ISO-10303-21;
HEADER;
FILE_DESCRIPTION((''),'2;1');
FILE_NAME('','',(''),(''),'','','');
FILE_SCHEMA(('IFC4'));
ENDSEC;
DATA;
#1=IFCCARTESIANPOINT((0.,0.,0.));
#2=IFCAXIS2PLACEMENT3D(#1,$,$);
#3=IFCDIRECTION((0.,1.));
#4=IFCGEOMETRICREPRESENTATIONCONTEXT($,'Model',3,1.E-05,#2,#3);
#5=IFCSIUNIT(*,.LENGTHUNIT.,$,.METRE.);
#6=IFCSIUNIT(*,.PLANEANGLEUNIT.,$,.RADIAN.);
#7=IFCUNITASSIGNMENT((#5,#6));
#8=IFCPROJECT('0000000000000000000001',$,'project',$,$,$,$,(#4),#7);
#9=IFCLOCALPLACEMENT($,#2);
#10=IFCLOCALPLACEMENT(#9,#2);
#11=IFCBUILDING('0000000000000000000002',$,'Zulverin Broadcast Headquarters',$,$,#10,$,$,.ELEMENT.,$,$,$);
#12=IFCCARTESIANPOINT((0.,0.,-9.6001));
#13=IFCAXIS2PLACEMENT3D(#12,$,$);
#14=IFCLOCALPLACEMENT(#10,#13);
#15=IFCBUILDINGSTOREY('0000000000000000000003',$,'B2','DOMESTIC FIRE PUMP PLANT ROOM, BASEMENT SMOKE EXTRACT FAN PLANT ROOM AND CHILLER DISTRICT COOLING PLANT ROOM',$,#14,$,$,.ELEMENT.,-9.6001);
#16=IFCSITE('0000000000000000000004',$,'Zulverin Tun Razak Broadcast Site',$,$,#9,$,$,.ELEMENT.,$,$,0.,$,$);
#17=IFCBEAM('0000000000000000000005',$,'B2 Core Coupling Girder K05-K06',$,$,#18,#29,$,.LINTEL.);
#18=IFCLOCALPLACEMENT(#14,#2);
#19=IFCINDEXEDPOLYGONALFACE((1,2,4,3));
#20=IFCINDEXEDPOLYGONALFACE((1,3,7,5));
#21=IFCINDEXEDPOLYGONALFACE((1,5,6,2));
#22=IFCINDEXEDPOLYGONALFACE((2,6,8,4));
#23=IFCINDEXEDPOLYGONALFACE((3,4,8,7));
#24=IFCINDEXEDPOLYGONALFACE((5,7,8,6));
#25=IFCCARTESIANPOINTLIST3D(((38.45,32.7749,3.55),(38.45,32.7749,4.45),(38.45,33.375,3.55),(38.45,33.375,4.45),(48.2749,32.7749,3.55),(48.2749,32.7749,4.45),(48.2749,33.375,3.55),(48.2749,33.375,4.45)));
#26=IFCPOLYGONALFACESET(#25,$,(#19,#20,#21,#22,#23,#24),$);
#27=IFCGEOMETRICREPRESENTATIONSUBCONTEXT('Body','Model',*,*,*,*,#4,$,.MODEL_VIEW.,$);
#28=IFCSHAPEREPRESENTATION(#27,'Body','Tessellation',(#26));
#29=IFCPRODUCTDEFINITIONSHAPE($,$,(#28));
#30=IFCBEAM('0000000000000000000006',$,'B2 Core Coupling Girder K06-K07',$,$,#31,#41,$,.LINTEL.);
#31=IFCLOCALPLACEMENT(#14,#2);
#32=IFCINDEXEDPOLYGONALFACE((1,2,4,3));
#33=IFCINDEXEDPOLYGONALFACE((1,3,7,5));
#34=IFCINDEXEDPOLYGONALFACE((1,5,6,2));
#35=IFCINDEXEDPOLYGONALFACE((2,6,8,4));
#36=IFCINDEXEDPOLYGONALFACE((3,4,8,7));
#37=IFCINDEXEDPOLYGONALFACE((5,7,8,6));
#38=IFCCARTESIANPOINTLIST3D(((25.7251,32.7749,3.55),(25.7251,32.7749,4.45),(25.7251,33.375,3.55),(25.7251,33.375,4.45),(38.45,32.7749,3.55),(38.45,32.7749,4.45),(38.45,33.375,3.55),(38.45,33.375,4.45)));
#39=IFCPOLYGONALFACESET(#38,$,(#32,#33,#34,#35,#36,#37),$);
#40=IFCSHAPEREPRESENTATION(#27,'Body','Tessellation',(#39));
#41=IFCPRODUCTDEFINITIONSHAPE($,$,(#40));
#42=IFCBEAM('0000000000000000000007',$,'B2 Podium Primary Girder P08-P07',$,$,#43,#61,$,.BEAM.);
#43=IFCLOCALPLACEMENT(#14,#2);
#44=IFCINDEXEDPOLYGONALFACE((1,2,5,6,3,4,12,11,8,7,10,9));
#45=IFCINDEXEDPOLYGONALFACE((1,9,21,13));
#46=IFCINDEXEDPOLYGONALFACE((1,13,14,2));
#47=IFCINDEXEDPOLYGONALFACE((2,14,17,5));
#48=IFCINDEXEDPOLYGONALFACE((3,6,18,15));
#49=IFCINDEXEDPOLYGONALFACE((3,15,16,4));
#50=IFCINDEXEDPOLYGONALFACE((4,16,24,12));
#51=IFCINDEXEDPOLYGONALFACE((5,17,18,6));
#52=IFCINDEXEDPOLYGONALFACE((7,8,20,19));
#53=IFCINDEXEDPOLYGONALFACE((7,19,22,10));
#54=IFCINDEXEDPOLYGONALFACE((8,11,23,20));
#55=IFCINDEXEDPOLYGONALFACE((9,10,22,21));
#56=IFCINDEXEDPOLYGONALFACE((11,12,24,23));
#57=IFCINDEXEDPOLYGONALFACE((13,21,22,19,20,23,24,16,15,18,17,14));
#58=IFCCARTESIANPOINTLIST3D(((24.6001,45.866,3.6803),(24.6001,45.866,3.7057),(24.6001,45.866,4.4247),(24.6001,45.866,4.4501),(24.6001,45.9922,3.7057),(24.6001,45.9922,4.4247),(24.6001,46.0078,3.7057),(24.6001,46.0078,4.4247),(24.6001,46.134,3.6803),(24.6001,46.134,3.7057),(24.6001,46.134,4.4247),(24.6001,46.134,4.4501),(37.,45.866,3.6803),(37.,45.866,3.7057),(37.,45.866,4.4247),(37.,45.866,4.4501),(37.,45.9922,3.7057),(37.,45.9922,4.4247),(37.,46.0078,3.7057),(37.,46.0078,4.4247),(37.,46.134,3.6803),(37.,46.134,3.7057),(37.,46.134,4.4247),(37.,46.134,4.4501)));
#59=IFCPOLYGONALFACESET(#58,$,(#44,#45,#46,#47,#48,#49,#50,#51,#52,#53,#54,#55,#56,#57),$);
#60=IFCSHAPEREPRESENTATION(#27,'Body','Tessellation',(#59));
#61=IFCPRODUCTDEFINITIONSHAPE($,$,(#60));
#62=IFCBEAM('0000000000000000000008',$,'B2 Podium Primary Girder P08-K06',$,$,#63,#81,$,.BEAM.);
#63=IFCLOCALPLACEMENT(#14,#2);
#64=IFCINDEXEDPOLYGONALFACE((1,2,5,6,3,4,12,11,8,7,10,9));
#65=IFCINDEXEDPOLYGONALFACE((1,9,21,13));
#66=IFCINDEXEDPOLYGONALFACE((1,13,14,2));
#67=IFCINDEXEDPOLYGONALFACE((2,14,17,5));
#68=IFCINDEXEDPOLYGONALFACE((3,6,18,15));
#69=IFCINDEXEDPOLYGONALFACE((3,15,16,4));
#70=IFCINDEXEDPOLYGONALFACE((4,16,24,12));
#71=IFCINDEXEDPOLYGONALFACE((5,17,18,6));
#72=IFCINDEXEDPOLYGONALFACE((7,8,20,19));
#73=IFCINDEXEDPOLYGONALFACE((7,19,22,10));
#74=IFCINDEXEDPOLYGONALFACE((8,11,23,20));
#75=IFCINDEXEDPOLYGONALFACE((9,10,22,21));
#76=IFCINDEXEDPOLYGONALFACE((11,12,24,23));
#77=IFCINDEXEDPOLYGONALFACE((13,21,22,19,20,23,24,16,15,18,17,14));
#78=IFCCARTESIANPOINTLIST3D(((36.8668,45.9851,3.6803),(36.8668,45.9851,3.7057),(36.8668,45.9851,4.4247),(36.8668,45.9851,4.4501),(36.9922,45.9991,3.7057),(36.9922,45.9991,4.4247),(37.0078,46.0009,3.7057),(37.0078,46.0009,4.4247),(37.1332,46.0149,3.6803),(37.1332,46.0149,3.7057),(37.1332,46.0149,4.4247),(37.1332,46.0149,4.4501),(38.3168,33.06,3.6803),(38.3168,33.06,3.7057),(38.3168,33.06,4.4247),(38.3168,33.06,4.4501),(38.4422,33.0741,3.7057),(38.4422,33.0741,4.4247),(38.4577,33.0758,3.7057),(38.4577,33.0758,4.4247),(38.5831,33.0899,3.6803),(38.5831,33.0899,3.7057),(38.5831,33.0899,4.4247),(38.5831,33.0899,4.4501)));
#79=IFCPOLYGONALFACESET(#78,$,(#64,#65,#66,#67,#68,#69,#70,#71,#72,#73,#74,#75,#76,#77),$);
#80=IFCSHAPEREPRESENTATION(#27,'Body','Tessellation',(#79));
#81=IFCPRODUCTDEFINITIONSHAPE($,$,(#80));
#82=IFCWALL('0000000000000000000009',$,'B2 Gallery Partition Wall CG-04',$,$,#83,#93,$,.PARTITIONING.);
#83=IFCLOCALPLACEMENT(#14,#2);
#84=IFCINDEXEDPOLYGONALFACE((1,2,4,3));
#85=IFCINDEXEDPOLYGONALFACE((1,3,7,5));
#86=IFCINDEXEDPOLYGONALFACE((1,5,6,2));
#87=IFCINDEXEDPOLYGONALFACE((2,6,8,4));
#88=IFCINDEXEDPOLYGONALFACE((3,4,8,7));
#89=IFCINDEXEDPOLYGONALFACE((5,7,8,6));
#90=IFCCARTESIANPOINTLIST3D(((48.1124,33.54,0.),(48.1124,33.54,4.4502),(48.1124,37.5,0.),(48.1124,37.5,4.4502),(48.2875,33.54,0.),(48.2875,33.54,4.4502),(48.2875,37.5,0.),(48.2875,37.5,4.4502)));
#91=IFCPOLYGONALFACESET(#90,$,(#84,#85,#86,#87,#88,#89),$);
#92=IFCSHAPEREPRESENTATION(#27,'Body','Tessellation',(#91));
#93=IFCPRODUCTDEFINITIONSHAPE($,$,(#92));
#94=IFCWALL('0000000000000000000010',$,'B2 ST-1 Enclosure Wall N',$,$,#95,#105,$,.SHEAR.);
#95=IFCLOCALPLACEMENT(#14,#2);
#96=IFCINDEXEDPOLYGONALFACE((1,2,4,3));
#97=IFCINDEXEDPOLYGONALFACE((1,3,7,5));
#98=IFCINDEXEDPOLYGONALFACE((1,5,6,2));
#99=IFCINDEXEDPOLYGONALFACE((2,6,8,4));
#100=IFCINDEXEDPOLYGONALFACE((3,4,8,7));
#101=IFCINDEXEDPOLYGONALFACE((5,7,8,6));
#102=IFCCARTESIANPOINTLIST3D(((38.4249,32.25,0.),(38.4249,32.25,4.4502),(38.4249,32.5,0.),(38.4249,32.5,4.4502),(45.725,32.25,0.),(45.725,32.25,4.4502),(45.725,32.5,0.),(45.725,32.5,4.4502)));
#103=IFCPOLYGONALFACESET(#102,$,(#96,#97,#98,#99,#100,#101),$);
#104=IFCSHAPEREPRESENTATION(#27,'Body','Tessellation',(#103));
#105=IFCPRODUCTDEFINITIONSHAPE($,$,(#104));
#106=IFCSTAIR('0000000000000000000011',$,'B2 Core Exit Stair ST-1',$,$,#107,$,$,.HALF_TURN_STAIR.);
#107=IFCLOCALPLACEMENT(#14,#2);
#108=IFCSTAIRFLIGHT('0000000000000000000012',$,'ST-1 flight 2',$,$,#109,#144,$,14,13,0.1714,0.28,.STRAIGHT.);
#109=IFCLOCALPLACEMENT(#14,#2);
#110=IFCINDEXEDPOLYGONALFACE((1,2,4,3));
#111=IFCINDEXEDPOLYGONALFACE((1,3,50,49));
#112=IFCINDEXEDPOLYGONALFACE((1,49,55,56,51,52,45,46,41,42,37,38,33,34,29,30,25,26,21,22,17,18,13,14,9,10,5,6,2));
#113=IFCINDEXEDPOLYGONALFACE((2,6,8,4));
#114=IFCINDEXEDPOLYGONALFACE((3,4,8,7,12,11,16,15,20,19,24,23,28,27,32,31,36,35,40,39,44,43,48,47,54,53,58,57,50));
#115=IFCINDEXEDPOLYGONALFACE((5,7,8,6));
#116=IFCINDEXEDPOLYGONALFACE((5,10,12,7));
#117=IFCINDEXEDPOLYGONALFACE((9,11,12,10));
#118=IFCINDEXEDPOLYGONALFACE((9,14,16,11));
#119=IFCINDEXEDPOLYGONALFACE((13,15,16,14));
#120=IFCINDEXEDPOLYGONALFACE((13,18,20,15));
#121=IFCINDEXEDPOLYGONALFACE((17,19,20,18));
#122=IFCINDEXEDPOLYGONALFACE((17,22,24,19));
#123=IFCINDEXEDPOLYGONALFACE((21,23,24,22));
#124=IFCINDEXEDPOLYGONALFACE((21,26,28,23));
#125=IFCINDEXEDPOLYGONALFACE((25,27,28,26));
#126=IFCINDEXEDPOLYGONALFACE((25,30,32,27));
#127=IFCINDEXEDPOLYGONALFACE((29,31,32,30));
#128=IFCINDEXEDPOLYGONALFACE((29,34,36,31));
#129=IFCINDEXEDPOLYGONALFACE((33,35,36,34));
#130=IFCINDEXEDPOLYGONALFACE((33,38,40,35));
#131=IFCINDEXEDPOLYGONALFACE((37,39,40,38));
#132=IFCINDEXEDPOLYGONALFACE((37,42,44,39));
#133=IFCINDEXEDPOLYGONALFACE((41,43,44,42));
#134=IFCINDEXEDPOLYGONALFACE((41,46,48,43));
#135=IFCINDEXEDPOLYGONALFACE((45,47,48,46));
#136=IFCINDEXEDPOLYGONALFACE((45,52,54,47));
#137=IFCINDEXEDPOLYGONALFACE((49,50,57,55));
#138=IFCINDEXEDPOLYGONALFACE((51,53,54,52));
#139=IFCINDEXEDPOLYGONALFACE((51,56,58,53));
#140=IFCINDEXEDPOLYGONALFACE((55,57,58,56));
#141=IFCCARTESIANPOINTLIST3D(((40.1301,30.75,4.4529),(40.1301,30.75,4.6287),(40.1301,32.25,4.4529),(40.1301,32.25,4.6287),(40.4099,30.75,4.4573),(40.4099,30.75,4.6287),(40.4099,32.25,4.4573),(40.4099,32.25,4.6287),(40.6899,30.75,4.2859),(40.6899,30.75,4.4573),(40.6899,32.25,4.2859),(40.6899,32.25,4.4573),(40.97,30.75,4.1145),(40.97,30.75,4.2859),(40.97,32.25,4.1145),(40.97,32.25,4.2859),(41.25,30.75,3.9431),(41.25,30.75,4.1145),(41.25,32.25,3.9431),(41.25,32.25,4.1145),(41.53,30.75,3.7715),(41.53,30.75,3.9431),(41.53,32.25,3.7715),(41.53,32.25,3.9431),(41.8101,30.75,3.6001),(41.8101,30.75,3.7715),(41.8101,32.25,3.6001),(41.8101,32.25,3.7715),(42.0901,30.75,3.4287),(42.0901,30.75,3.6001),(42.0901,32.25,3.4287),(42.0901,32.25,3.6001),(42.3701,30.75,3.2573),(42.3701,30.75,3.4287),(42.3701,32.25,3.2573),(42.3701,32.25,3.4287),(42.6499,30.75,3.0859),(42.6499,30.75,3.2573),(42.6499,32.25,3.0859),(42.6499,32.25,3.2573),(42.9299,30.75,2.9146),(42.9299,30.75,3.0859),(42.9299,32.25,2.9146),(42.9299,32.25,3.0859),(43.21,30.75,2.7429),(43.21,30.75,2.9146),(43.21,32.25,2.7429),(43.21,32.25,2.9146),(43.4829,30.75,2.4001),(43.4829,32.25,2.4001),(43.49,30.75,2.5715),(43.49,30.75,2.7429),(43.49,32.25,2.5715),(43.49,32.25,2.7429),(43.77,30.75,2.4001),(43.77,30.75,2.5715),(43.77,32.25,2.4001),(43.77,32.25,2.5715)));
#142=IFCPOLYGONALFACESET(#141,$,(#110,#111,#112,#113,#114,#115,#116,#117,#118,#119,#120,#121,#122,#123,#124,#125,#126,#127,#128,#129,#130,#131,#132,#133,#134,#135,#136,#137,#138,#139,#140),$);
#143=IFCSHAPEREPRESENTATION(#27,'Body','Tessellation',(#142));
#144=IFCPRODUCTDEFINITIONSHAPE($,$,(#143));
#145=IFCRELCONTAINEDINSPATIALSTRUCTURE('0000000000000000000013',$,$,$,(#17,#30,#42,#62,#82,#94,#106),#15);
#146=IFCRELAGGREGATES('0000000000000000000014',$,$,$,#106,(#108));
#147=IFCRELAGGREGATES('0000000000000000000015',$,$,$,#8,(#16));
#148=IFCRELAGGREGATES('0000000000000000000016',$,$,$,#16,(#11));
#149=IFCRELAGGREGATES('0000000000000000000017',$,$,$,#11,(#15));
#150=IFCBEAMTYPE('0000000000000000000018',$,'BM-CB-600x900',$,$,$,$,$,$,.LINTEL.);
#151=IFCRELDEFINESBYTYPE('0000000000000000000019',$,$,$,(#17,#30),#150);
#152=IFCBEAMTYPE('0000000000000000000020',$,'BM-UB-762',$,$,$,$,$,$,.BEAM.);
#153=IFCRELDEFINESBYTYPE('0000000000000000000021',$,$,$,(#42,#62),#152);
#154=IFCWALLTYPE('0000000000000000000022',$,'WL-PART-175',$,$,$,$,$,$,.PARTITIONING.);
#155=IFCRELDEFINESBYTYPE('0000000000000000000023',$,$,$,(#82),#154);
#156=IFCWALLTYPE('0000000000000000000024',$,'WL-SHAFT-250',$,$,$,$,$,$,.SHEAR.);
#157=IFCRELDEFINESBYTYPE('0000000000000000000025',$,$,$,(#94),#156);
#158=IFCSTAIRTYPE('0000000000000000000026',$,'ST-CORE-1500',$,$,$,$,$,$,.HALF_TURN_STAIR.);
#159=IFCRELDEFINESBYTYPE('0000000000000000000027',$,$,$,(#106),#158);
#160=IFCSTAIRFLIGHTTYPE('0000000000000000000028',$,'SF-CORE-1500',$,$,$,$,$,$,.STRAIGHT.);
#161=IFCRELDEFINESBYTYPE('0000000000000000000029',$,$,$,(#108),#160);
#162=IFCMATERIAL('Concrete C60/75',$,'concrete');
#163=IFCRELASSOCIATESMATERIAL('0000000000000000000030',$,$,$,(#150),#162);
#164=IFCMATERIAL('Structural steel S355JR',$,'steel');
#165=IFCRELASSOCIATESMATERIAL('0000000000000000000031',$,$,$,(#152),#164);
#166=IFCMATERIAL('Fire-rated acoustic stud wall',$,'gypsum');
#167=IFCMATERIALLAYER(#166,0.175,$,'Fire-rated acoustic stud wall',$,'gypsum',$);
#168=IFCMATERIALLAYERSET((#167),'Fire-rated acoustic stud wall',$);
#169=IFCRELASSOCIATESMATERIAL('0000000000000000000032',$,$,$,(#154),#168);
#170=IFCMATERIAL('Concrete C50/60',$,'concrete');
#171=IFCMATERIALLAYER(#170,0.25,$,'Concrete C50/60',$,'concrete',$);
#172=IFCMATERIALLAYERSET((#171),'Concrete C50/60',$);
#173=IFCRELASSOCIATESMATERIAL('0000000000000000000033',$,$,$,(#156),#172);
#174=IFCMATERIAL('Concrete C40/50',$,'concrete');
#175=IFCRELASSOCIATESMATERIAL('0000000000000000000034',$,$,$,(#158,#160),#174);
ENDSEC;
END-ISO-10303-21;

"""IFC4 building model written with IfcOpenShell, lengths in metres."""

from ifc_helpers import new_model, si_unit, direction, frame, frame_2d, origin, origin_2d, place, context, subcontext, project, spatial, polyline, rectangle, i_section, outline, extrude, material, layer, layer_set, material_profile, profile_set, type_object, element, aggregate, save


model = new_model("IFC4")

# Units and contexts
model_context = context("Model", 3, precision=1e-05, world=origin(), true_north=direction((0.0, 1.0)))
body_context = subcontext(model_context, "Body", "Model", "MODEL_VIEW")
ifc_project = project(units=[si_unit("LENGTHUNIT", "METRE"), si_unit("PLANEANGLEUNIT", "RADIAN")], contexts=[model_context])

# Site, building, storey
site_placement = place(None, origin())
site = spatial("IfcSite", under=ifc_project, at=site_placement, Name="Zulverin Tun Razak Broadcast Site", CompositionType="ELEMENT", RefElevation=0.0)
building_placement = place(site_placement, origin())
building = spatial("IfcBuilding", under=site, at=building_placement, Name="Zulverin Broadcast Headquarters", CompositionType="ELEMENT")
storey_placement = place(building_placement, frame((0.0, 0.0, -9.6001)))
storey = spatial("IfcBuildingStorey", under=building, at=storey_placement, Name="B2", Description="DOMESTIC FIRE PUMP PLANT ROOM, BASEMENT SMOKE EXTRACT FAN PLANT ROOM AND CHILLER DISTRICT COOLING PLANT ROOM", CompositionType="ELEMENT", Elevation=-9.6001)

# Shared definitions
ifc_material_1 = material(Name="Concrete C50/60", Category="concrete")

# Shared definitions
ifc_material_2 = material(Name="Concrete C60/75", Category="concrete")

# Beams
ifc_material_profile_1 = material_profile(ifc_material_2, rectangle(XDim=0.6001, YDim=0.8999, at=origin_2d()), Name="Concrete C60/75", Category="concrete")
ifc_profile_set_1 = profile_set([ifc_material_profile_1], Name="Concrete C60/75")
beam_type_1 = type_object("IfcBeamType", Name="BM-CB-600x900", PredefinedType="LINTEL", material=ifc_profile_set_1)
beam_1_placement = place(storey_placement, frame((48.2749, 33.075, 4.0), z_axis=(-1.0, 0.0, 0.0), x_axis=(0.0, -1.0, 0.0)))
element("IfcBeam", 1, at=beam_1_placement, inside=storey, type_object=beam_type_1, Name="B2 Core Coupling Girder K05-K06", PredefinedType="LINTEL", context=body_context, shape_type="SweptSolid", body=[
    extrude(rectangle(XDim=0.6001, YDim=0.8999, at=origin_2d()), origin(), (0.0, 0.0, 1.0), 9.825),
])
beam_2_placement = place(storey_placement, frame((38.45, 33.075, 4.0), z_axis=(-1.0, 0.0, 0.0), x_axis=(0.0, -1.0, 0.0)))
element("IfcBeam", 2, at=beam_2_placement, inside=storey, type_object=beam_type_1, Name="B2 Core Coupling Girder K06-K07", PredefinedType="LINTEL", context=body_context, shape_type="SweptSolid", body=[
    extrude(rectangle(XDim=0.6001, YDim=0.8999, at=origin_2d()), origin(), (0.0, 0.0, 1.0), 12.7249),
])
ifc_material_3 = material(Name="Structural steel S355JR", Category="steel")
ifc_material_profile_2 = material_profile(ifc_material_3, i_section(OverallWidth=0.2681, OverallDepth=0.7698, WebThickness=0.0156, FlangeThickness=0.0254, at=origin_2d()), Name="Structural steel S355JR", Category="steel")
ifc_profile_set_2 = profile_set([ifc_material_profile_2], Name="Structural steel S355JR")
beam_type_2 = type_object("IfcBeamType", Name="BM-UB-762", PredefinedType="BEAM", material=ifc_profile_set_2)
beam_3_placement = place(storey_placement, frame((37.0, 46.0, 4.0652), z_axis=(-1.0, 0.0, 0.0), x_axis=(0.0, -1.0, 0.0)))
element("IfcBeam", 3, at=beam_3_placement, inside=storey, type_object=beam_type_2, Name="B2 Podium Primary Girder P08-P07", PredefinedType="BEAM", context=body_context, shape_type="SweptSolid", body=[
    extrude(i_section(OverallWidth=0.2681, OverallDepth=0.7698, WebThickness=0.0156, FlangeThickness=0.0254, at=origin_2d()), origin(), (0.0, 0.0, 1.0), 12.3999),
])
beam_4_placement = place(storey_placement, frame((37.0, 46.0, 4.0652), z_axis=(0.111482, -0.993766, 0.0), x_axis=(0.993766, 0.111482, 0.0)))
element("IfcBeam", 4, at=beam_4_placement, inside=storey, type_object=beam_type_2, Name="B2 Podium Primary Girder P08-K06", PredefinedType="BEAM", context=body_context, shape_type="SweptSolid", body=[
    extrude(i_section(OverallWidth=0.2681, OverallDepth=0.7698, WebThickness=0.0156, FlangeThickness=0.0254, at=origin_2d()), origin(), (0.0, 0.0, 1.0), 13.0061),
])

# Walls
ifc_material_4 = material(Name="Fire-rated acoustic stud wall", Category="gypsum")
ifc_layer_1 = layer(ifc_material_4, 0.175, Name="Fire-rated acoustic stud wall", Category="gypsum")
ifc_layer_set_1 = layer_set([ifc_layer_1], Name="Fire-rated acoustic stud wall")
wall_type_1 = type_object("IfcWallType", Name="WL-PART-175", PredefinedType="PARTITIONING", material=ifc_layer_set_1)
wall_1_placement = place(storey_placement, frame((48.2, 33.54, 0.0), z_axis=(0.0, 0.0, 1.0), x_axis=(0.0, 1.0, 0.0)))
element("IfcWall", 5, at=wall_1_placement, inside=storey, type_object=wall_type_1, Name="B2 Gallery Partition Wall CG-04", PredefinedType="PARTITIONING", context=body_context, shape_type="SweptSolid", body=[
    extrude(rectangle(XDim=3.96, YDim=0.175, at=frame_2d((1.98, 0.0))), origin(), (0.0, 0.0, 1.0), 4.4502),
])
ifc_layer_2 = layer(ifc_material_1, 0.25, Name="Concrete C50/60", Category="concrete")
ifc_layer_set_2 = layer_set([ifc_layer_2], Name="Concrete C50/60")
wall_type_2 = type_object("IfcWallType", Name="WL-SHAFT-250", PredefinedType="SHEAR", material=ifc_layer_set_2)
wall_2_placement = place(storey_placement, frame((38.425, 32.375, 0.0), z_axis=(0.0, 0.0, 1.0), x_axis=(1.0, 0.0, 0.0)))
element("IfcWall", 6, at=wall_2_placement, inside=storey, type_object=wall_type_2, Name="B2 ST-1 Enclosure Wall N", PredefinedType="SHEAR", context=body_context, shape_type="SweptSolid", body=[
    extrude(rectangle(XDim=7.3, YDim=0.25, at=frame_2d((3.6499, 0.0))), origin(), (0.0, 0.0, 1.0), 4.4502),
])

# Stair, stair flight
ifc_material_5 = material(Name="Concrete C40/50", Category="concrete")
stair_type = type_object("IfcStairType", Name="ST-CORE-1500", PredefinedType="HALF_TURN_STAIR", material=ifc_material_5)
stair_placement = place(storey_placement, origin())
stair = element("IfcStair", 7, at=stair_placement, inside=storey, type_object=stair_type, Name="B2 Core Exit Stair ST-1", PredefinedType="HALF_TURN_STAIR")
stair_flight_type = type_object("IfcStairFlightType", Name="SF-CORE-1500", PredefinedType="STRAIGHT", material=ifc_material_5)
stair_flight_placement = place(storey_placement, frame((43.77, 31.5, 2.4001), z_axis=(0.0, 0.0, 1.0), x_axis=(-1.0, 0.0, 0.0)))
stair_flight = element("IfcStairFlight", 8, at=stair_flight_placement, type_object=stair_flight_type, Name="ST-1 flight 2", NumberOfRisers=14, NumberOfTreads=13, PredefinedType="STRAIGHT", RiserHeight=0.1714, TreadLength=0.28, context=body_context, shape_type="SweptSolid", body=[
    extrude(outline(polyline([(0.0, 0.0), (0.0, 0.1714), (0.28, 0.1714), (0.28, 0.3428), (0.5601, 0.3428), (0.5601, 0.5144), (0.8401, 0.5144), (0.8401, 0.6858), (1.1201, 0.6858), (1.1201, 0.8572), (1.3999, 0.8572), (1.3999, 1.0286), (1.6799, 1.0286), (1.6799, 1.2), (1.96, 1.2), (1.96, 1.3713), (2.24, 1.3713), (2.24, 1.543), (2.52, 1.543), (2.52, 1.7144), (2.8, 1.7144), (2.8, 1.8857), (3.0801, 1.8857), (3.0801, 2.0571), (3.3601, 2.0571), (3.3601, 2.2285), (3.6399, 2.2285), (3.6399, 2.3999), (3.6399, 2.0527), (0.2871, 0.0), (0.0, 0.0)])), frame((0.0, 0.75, 0.0), z_axis=(0.0, -1.0, 0.0), x_axis=(1.0, 0.0, 0.0)), (0.0, 0.0, 1.0), 1.5),
])
aggregate(stair, [stair_flight])

save(model, "model.ifc")
